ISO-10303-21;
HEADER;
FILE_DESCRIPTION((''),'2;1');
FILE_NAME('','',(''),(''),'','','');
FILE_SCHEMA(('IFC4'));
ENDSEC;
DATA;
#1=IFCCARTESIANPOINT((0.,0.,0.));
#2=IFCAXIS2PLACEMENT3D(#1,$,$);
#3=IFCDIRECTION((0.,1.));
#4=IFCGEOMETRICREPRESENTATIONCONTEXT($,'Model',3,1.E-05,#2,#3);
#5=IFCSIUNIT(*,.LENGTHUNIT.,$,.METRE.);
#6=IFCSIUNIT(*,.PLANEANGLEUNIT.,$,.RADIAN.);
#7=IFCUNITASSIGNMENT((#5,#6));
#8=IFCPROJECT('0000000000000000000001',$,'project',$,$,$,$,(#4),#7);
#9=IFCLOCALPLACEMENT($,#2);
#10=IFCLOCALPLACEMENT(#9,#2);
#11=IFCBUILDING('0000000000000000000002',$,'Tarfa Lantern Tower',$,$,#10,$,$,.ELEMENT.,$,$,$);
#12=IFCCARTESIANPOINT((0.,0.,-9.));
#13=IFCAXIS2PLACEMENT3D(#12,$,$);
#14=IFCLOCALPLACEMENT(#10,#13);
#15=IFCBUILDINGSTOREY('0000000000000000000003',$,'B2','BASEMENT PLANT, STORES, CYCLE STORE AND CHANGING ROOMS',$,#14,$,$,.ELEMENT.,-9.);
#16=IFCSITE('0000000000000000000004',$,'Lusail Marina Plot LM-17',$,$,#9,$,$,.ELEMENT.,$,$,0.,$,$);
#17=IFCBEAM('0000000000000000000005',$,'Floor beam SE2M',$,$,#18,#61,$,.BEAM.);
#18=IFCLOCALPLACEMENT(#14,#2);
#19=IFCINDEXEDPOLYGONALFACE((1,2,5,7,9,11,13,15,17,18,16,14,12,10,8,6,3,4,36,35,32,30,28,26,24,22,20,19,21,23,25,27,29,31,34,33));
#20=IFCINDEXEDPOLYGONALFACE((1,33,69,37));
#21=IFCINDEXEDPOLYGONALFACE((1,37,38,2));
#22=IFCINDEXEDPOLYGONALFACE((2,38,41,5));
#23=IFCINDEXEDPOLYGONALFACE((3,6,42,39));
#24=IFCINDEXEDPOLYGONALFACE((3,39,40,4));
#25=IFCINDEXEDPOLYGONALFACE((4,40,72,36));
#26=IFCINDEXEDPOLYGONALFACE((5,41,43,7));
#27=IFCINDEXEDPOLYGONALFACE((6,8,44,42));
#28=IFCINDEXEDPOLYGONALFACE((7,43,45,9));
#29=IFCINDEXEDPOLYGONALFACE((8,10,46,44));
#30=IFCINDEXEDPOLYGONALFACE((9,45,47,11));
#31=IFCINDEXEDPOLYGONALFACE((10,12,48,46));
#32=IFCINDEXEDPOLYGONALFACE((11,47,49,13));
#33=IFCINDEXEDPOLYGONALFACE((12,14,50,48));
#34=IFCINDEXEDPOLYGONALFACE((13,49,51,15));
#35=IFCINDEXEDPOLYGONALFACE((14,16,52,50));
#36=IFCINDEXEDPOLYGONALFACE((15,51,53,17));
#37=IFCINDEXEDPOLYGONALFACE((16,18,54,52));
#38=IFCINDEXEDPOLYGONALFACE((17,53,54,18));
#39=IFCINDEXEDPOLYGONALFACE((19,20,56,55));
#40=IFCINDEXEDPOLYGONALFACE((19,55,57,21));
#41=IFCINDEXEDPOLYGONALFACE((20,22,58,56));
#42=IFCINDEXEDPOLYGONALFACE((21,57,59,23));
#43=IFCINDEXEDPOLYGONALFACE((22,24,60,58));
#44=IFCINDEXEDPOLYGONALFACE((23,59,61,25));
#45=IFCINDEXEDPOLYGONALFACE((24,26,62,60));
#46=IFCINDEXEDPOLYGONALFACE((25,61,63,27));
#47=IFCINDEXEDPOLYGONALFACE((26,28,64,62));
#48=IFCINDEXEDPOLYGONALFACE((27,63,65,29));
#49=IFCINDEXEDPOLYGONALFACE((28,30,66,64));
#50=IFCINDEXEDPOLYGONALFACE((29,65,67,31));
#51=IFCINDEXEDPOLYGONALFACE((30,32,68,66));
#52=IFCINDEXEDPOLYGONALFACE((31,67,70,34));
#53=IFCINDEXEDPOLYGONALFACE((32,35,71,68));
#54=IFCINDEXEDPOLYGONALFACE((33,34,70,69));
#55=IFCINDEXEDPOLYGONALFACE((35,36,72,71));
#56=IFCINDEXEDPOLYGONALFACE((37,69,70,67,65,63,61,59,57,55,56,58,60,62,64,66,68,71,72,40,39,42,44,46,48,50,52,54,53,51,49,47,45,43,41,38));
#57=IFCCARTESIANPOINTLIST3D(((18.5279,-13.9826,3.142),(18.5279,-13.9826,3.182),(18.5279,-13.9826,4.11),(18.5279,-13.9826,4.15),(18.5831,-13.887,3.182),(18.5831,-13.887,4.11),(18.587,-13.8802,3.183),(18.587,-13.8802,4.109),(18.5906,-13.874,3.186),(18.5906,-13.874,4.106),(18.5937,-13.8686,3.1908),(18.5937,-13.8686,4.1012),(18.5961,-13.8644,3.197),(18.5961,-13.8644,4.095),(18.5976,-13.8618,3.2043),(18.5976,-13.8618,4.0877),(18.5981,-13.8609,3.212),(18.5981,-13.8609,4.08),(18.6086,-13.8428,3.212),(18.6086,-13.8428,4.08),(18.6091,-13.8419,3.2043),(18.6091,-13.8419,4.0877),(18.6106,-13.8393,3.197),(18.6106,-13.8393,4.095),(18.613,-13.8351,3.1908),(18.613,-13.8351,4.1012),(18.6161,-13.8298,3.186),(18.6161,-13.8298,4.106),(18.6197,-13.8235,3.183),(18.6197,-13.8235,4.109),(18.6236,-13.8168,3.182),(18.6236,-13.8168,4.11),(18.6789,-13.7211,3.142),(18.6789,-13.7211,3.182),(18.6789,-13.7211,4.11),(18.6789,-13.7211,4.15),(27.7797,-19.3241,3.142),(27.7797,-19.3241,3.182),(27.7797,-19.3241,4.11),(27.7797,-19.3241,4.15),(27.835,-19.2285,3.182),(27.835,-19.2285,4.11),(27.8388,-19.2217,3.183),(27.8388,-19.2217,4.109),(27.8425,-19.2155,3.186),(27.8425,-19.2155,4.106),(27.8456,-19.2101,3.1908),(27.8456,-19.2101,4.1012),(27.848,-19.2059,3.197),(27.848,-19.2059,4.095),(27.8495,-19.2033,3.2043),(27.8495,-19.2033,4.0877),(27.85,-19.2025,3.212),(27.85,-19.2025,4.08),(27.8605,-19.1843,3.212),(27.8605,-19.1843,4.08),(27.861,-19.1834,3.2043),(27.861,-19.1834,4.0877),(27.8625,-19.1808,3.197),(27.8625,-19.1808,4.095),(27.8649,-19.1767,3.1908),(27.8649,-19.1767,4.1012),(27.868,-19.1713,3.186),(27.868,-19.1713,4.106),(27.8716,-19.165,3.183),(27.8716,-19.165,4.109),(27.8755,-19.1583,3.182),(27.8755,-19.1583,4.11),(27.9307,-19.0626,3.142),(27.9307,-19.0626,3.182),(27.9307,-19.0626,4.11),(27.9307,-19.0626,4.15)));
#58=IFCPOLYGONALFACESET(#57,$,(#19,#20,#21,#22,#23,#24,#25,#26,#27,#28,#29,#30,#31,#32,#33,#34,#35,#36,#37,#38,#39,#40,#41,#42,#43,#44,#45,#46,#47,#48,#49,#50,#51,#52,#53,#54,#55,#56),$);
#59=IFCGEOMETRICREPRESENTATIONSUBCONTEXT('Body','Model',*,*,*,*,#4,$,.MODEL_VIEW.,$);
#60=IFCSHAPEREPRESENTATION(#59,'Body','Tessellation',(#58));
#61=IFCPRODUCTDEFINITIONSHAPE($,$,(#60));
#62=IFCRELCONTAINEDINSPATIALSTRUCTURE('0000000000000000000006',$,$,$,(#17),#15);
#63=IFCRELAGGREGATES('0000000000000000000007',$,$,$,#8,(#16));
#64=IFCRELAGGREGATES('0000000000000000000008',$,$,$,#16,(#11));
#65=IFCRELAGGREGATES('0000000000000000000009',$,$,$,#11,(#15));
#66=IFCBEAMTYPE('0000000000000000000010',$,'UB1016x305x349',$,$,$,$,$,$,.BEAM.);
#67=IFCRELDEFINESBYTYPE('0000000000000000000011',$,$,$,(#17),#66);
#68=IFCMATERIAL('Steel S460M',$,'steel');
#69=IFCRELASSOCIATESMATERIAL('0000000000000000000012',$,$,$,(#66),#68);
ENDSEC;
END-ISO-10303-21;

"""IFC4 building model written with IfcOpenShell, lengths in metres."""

from ifc_helpers import new_model, si_unit, direction, frame, origin, origin_2d, place, context, subcontext, project, spatial, i_section, extrude, material, material_profile, profile_set, type_object, element, save


model = new_model("IFC4")

# Units and contexts
model_context = context("Model", 3, precision=1e-05, world=origin(), true_north=direction((0.0, 1.0)))
body_context = subcontext(model_context, "Body", "Model", "MODEL_VIEW")
ifc_project = project(units=[si_unit("LENGTHUNIT", "METRE"), si_unit("PLANEANGLEUNIT", "RADIAN")], contexts=[model_context])

# Site, building, storey
site_placement = place(None, origin())
site = spatial("IfcSite", under=ifc_project, at=site_placement, Name="Lusail Marina Plot LM-17", CompositionType="ELEMENT", RefElevation=0.0)
building_placement = place(site_placement, origin())
building = spatial("IfcBuilding", under=site, at=building_placement, Name="Tarfa Lantern Tower", CompositionType="ELEMENT")
storey_placement = place(building_placement, frame((0.0, 0.0, -9.0)))
storey = spatial("IfcBuildingStorey", under=building, at=storey_placement, Name="B2", Description="BASEMENT PLANT, STORES, CYCLE STORE AND CHANGING ROOMS", CompositionType="ELEMENT", Elevation=-9.0)

# Beam
ifc_material_1 = material(Name="Steel S460M", Category="steel")
ifc_material_profile_1 = material_profile(ifc_material_1, i_section(OverallWidth=0.302, OverallDepth=1.0081, WebThickness=0.021, FlangeThickness=0.04, FilletRadius=0.03, at=origin_2d()), Name="UB1016x305x349")
ifc_profile_set_1 = profile_set([ifc_material_profile_1], Name="Steel S460M")
beam_type_1 = type_object("IfcBeamType", Name="UB1016x305x349", PredefinedType="BEAM", material=ifc_profile_set_1)
beam_1_placement = place(storey_placement, frame((27.8552, -19.1934, 3.646), z_axis=(-0.866028, 0.499995, 0.0), x_axis=(-0.499995, -0.866028, 0.0)))
element("IfcBeam", 1, at=beam_1_placement, inside=storey, type_object=beam_type_1, Name="Floor beam SE2M", PredefinedType="BEAM", context=body_context, shape_type="SweptSolid", body=[
    extrude(i_section(OverallWidth=0.302, OverallDepth=1.0081, WebThickness=0.021, FlangeThickness=0.04, FilletRadius=0.03, at=origin_2d()), origin(), (0.0, 0.0, 1.0), 10.6831),
])

save(model, "model.ifc")
